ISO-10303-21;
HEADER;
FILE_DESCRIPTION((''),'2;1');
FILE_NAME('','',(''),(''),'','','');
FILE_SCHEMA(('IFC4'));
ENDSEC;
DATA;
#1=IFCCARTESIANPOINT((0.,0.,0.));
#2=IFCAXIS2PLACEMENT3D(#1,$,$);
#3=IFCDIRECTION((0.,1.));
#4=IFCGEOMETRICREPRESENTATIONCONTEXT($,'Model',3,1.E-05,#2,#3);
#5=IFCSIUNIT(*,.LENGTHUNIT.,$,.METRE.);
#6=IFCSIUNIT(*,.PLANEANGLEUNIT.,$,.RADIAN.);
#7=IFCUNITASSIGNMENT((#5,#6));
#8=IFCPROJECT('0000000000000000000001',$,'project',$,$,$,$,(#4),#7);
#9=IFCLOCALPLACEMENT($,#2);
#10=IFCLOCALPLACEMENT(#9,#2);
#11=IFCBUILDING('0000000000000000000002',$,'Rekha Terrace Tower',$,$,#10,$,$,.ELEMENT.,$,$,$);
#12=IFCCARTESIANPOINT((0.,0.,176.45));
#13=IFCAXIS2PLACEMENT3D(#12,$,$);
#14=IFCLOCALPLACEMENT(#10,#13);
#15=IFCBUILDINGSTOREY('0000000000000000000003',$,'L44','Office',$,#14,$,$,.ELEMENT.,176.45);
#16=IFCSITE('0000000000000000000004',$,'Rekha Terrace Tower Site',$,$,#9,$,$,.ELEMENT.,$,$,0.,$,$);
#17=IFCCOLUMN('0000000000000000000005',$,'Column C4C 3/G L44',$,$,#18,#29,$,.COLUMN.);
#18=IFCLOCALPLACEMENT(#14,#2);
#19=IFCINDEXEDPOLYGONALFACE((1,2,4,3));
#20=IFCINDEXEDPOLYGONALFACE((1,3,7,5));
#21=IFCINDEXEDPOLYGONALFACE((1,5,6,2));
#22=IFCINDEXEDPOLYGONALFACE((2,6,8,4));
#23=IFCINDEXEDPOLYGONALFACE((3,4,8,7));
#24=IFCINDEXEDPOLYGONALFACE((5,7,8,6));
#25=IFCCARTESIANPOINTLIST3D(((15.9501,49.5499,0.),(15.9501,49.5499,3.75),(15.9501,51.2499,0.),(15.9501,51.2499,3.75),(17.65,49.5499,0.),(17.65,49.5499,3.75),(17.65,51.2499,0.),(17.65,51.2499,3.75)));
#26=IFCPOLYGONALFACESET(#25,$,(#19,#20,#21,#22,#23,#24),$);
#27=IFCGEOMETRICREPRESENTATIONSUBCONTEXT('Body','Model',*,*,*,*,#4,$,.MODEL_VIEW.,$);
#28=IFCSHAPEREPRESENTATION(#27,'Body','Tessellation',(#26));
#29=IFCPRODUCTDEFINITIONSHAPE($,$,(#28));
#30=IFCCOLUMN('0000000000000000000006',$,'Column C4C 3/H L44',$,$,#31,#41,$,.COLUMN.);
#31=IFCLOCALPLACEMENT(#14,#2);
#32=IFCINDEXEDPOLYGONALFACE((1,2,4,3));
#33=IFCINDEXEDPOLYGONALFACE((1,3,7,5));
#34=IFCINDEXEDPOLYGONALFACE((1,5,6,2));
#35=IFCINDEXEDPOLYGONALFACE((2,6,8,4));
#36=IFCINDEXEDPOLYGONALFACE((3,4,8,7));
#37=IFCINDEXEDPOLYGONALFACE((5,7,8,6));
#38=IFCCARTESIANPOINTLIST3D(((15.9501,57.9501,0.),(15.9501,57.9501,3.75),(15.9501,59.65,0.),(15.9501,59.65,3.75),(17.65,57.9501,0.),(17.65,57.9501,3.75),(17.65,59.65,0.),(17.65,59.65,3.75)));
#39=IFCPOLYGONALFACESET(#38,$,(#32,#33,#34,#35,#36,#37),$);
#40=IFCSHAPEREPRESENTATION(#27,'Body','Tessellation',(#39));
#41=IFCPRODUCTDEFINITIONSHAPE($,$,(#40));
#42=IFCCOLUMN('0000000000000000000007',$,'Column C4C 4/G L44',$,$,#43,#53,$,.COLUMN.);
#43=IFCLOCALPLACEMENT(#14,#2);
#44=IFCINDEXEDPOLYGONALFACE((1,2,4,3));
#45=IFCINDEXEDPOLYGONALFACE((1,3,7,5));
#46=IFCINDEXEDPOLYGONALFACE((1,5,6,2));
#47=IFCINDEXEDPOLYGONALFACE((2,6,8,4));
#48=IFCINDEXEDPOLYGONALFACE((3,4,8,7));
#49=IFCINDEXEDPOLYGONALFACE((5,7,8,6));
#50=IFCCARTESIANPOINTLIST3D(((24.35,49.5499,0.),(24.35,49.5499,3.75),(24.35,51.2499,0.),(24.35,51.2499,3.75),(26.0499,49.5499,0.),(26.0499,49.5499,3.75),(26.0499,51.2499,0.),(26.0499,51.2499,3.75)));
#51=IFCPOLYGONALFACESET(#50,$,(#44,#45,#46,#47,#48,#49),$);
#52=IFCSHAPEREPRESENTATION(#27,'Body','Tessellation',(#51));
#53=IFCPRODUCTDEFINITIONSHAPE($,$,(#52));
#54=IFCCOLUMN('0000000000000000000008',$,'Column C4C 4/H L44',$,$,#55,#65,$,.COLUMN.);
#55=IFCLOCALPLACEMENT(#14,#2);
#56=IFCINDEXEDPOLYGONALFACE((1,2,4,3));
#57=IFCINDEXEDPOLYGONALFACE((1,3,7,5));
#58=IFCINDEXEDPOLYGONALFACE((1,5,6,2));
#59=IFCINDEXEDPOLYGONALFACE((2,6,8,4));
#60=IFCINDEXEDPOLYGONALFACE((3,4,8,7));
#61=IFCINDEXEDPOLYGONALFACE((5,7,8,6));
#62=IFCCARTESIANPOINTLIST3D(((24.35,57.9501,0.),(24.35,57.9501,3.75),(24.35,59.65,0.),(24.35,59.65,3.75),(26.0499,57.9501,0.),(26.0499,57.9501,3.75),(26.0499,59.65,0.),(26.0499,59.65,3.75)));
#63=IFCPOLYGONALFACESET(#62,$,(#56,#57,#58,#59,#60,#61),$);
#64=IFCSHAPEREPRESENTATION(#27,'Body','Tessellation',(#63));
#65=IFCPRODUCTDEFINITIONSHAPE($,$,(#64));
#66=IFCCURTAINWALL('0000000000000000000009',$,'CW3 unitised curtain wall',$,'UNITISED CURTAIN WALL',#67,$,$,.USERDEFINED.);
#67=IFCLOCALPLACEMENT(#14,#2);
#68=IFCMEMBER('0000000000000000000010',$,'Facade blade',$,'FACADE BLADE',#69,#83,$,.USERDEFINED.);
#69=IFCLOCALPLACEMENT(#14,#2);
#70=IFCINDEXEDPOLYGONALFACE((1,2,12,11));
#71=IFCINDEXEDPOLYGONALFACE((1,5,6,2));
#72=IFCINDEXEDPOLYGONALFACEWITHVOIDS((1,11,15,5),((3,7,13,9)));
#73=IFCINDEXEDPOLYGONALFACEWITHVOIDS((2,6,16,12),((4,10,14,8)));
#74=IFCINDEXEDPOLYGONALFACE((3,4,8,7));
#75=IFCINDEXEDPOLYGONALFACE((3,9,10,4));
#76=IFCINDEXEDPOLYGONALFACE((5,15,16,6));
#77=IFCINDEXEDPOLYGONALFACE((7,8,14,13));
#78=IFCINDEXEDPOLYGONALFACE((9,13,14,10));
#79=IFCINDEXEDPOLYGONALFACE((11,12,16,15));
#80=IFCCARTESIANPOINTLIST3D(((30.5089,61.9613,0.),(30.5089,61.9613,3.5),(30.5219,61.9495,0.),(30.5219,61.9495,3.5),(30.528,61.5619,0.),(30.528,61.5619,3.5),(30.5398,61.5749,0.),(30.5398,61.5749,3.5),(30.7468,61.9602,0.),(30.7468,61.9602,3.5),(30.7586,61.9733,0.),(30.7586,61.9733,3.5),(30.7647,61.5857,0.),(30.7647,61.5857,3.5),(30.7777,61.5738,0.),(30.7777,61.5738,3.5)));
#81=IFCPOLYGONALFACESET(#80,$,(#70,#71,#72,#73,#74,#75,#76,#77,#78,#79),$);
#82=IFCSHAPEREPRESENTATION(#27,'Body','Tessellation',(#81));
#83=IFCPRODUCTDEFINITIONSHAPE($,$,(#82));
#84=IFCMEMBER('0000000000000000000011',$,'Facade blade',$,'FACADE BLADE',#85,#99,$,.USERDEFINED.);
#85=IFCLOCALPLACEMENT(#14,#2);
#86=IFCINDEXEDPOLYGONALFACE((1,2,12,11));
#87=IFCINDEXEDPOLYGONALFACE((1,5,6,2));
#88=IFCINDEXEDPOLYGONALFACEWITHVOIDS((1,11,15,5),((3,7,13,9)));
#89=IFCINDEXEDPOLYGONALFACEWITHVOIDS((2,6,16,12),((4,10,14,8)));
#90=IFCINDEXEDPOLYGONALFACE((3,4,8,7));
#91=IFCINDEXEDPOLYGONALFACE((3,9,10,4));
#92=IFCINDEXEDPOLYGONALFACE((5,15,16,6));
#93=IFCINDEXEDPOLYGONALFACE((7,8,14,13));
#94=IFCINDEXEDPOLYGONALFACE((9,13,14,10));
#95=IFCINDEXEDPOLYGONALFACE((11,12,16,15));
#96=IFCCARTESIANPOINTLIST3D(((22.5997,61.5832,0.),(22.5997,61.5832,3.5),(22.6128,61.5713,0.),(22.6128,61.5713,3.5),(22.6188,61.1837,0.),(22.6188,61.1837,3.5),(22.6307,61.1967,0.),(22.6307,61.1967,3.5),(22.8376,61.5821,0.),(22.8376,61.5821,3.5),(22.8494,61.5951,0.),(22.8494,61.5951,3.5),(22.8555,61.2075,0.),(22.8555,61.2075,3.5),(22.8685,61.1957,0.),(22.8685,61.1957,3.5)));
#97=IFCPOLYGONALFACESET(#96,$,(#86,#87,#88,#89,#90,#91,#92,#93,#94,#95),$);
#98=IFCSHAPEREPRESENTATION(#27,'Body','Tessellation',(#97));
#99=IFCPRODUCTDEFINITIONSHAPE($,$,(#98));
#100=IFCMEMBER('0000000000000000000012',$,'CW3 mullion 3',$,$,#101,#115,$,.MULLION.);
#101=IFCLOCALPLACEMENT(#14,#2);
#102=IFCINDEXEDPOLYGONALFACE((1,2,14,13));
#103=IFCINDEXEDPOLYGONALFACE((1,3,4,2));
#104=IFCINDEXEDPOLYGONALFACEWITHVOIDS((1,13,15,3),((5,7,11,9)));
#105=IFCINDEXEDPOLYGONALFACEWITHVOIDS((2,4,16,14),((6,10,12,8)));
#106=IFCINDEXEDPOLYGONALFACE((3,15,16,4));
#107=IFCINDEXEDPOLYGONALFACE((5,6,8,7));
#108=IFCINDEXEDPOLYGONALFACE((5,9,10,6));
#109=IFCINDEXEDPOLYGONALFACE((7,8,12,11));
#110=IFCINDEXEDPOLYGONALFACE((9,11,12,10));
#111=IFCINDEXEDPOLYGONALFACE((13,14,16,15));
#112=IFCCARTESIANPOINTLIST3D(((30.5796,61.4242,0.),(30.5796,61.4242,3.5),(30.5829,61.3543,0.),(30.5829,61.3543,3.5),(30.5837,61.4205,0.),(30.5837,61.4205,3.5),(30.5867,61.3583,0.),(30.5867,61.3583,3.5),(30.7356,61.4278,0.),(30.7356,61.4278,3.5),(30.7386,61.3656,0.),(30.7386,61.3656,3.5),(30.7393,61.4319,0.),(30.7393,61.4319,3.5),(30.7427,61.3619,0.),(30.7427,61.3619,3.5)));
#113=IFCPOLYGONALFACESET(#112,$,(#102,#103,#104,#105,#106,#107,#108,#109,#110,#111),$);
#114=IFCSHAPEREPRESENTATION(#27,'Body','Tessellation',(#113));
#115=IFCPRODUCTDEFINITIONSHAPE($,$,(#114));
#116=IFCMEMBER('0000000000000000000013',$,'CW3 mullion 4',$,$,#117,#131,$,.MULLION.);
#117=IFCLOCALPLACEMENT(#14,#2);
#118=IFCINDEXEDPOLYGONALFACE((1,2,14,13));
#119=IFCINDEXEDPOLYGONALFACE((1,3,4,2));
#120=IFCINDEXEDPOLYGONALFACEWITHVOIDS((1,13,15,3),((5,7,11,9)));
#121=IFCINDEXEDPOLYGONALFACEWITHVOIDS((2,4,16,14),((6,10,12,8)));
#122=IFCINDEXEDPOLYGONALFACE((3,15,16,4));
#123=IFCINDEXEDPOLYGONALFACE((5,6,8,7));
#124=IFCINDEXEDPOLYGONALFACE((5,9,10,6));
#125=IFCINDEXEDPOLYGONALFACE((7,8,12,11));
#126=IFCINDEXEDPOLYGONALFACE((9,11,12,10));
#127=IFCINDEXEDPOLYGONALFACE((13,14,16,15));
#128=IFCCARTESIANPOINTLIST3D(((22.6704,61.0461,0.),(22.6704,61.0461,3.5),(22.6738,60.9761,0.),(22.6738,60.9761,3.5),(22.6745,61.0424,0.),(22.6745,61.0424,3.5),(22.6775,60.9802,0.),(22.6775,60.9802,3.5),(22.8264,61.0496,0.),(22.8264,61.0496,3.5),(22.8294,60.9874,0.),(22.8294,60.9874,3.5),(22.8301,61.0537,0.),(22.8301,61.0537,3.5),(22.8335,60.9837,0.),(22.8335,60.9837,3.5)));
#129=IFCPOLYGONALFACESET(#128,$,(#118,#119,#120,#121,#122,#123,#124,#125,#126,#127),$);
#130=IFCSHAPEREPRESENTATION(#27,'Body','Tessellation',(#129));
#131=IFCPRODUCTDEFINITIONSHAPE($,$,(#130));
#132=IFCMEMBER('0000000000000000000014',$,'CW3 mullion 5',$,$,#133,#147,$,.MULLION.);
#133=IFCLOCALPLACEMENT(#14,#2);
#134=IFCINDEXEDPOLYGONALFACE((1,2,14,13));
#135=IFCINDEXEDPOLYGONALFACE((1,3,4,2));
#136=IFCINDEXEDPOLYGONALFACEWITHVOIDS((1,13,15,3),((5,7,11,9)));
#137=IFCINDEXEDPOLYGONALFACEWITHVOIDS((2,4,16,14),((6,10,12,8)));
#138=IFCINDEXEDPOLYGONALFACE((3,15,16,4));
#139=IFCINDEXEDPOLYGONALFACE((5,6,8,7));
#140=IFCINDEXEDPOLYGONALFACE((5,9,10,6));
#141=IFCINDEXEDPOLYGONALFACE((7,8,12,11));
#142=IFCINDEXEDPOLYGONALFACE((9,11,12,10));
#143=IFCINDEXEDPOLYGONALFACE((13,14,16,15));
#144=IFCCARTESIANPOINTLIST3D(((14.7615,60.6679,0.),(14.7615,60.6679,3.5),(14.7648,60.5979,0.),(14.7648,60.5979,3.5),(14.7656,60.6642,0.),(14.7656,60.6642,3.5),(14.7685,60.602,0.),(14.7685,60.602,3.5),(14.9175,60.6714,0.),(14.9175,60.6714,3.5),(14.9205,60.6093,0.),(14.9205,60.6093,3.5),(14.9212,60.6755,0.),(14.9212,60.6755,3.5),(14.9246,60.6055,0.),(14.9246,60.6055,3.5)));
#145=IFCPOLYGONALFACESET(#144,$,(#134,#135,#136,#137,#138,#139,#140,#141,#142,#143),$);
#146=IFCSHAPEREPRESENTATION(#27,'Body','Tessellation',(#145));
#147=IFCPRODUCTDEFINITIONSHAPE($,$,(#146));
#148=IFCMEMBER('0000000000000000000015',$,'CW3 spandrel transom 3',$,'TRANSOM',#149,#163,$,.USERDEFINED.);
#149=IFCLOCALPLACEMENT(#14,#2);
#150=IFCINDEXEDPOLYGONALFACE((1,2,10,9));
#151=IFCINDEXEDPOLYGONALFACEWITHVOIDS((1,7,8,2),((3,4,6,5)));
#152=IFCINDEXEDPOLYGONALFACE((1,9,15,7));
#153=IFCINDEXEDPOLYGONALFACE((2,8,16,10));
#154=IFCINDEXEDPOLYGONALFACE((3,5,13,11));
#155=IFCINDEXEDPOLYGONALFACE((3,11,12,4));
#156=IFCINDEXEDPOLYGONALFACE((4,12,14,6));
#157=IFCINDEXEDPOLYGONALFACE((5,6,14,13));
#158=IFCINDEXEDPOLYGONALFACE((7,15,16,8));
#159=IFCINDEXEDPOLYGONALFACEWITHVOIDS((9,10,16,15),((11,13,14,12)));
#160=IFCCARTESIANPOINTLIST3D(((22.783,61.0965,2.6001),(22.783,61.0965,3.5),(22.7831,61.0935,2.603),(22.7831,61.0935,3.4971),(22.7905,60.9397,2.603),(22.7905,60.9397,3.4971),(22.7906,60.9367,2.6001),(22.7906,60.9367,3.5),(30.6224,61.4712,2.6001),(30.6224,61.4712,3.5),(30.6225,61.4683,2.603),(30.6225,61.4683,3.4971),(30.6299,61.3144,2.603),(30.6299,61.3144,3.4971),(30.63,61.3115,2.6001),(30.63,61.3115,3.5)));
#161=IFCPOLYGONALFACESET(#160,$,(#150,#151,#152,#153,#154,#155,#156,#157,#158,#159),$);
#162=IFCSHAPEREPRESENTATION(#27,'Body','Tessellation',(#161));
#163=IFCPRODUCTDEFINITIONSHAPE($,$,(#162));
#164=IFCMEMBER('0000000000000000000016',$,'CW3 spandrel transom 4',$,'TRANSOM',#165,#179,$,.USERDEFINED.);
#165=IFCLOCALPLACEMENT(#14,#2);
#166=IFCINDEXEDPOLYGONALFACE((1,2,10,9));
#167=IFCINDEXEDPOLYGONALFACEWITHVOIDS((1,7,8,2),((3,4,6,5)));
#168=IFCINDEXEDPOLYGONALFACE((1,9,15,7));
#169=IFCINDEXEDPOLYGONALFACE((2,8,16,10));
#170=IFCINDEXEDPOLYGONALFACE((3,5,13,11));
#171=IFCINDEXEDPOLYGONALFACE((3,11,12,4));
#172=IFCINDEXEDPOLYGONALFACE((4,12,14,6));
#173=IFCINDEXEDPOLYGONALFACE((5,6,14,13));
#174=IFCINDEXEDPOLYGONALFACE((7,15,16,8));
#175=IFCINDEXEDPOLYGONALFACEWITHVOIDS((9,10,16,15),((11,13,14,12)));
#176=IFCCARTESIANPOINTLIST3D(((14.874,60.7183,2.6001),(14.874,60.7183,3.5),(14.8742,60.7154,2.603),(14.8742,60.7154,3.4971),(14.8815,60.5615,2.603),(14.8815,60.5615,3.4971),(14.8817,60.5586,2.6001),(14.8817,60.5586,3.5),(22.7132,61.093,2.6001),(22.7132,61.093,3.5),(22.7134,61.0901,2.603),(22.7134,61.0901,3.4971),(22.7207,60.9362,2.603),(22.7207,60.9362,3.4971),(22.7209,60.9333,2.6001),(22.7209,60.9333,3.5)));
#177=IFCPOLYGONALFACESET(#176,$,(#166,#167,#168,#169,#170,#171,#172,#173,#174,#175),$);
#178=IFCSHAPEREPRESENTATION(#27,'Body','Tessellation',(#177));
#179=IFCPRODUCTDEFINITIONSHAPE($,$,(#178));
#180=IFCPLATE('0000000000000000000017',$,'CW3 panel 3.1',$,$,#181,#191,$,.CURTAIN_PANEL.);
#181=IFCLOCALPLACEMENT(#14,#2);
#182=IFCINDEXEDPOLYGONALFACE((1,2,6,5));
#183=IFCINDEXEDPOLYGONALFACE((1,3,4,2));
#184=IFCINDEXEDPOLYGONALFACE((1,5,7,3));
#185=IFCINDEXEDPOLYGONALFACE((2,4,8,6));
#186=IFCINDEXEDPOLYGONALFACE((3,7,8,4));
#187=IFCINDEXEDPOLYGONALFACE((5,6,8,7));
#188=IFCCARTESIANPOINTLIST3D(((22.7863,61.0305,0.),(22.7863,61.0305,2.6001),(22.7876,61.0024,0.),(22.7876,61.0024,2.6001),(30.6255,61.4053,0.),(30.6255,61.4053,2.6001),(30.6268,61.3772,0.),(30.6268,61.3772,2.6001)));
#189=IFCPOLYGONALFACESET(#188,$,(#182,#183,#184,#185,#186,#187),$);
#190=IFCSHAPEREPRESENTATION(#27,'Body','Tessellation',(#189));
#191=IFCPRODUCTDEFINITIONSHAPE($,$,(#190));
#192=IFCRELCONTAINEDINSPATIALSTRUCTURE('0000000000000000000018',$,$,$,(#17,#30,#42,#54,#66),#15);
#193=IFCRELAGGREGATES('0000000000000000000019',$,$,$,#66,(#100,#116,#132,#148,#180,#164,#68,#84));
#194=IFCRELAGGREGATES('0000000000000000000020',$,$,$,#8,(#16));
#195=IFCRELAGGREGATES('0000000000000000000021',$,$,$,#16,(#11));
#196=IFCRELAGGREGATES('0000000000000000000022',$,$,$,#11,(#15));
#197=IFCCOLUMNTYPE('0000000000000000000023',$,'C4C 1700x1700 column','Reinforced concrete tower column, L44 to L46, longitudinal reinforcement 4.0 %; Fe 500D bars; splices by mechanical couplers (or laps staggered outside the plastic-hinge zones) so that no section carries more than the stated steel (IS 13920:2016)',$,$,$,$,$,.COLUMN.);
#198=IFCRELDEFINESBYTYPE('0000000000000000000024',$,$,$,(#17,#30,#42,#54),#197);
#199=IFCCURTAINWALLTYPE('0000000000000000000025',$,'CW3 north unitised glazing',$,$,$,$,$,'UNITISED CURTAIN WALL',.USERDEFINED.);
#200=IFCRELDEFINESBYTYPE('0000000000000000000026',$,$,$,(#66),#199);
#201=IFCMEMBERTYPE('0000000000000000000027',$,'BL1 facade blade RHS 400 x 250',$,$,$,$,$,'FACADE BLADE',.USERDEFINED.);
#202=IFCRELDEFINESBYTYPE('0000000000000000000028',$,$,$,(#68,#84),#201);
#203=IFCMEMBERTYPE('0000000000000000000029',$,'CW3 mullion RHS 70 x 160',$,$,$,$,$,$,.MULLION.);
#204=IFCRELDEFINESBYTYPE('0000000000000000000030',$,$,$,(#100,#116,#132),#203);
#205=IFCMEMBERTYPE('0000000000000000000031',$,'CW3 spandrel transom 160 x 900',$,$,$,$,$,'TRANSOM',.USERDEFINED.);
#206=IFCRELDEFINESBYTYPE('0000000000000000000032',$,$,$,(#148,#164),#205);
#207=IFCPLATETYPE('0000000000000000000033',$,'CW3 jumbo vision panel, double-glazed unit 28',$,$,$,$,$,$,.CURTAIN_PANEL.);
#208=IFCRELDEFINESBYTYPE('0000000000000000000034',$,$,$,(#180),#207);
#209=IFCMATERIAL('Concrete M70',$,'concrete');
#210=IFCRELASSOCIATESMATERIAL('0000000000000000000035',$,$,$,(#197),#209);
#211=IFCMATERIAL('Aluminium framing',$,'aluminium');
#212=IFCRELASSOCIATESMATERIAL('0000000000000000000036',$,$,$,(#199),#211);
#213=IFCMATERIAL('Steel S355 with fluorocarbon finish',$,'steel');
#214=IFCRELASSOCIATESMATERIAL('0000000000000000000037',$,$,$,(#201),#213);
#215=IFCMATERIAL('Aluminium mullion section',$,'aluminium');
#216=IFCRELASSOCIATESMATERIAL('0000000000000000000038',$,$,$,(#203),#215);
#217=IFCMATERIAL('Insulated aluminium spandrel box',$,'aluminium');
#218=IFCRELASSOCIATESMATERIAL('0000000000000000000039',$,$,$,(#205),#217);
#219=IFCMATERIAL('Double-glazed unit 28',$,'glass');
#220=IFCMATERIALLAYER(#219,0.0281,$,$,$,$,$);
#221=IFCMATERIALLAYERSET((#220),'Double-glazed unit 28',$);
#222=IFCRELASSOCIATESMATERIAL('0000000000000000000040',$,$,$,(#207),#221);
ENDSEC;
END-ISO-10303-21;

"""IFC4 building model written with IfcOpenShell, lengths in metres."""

from ifc_helpers import new_model, si_unit, direction, frame, origin, origin_2d, place, context, subcontext, project, spatial, rectangle, hollow_rectangle, extrude, material, layer, layer_set, material_profile, profile_set, type_object, element, aggregate, save


model = new_model("IFC4")

# Units and contexts
model_context = context("Model", 3, precision=1e-05, world=origin(), true_north=direction((0.0, 1.0)))
body_context = subcontext(model_context, "Body", "Model", "MODEL_VIEW")
ifc_project = project(units=[si_unit("LENGTHUNIT", "METRE"), si_unit("PLANEANGLEUNIT", "RADIAN")], contexts=[model_context])

# Site, building, storey
site_placement = place(None, origin())
site = spatial("IfcSite", under=ifc_project, at=site_placement, Name="Rekha Terrace Tower Site", CompositionType="ELEMENT", RefElevation=0.0)
building_placement = place(site_placement, origin())
building = spatial("IfcBuilding", under=site, at=building_placement, Name="Rekha Terrace Tower", CompositionType="ELEMENT")
storey_placement = place(building_placement, frame((0.0, 0.0, 176.45)))
storey = spatial("IfcBuildingStorey", under=building, at=storey_placement, Name="L44", Description="Office", CompositionType="ELEMENT", Elevation=176.45)

# Columns
ifc_material_1 = material(Name="Concrete M70", Category="concrete")
ifc_material_profile_1 = material_profile(ifc_material_1, rectangle(XDim=1.7, YDim=1.7, at=origin_2d()), Name="RC 1700x1700")
ifc_profile_set_1 = profile_set([ifc_material_profile_1], Name="Concrete M70")
column_type = type_object("IfcColumnType", Name="C4C 1700x1700 column", Description="Reinforced concrete tower column, L44 to L46, longitudinal reinforcement 4.0 %; Fe 500D bars; splices by mechanical couplers (or laps staggered outside the plastic-hinge zones) so that no section carries more than the stated steel (IS 13920:2016)", PredefinedType="COLUMN", material=ifc_profile_set_1)
for number, where, z_axis, x_axis, name in (
    (1, (16.8, 50.3999, 0.0), (0.0, 0.0, 1.0), (1.0, 0.0, 0.0), "Column C4C 3/G L44"),
    (2, (16.8, 58.8, 0.0), (0.0, 0.0, 1.0), (1.0, 0.0, 0.0), "Column C4C 3/H L44"),
    (3, (25.2, 50.3999, 0.0), (0.0, 0.0, 1.0), (1.0, 0.0, 0.0), "Column C4C 4/G L44"),
    (4, (25.2, 58.8, 0.0), (0.0, 0.0, 1.0), (1.0, 0.0, 0.0), "Column C4C 4/H L44"),
):
    element("IfcColumn", number, at=place(storey_placement, frame(where, z_axis=z_axis, x_axis=x_axis)), inside=storey, type_object=column_type, Name=name, PredefinedType="COLUMN", context=body_context, shape_type="SweptSolid", body=[
        extrude(rectangle(XDim=1.7, YDim=1.7, at=origin_2d()), origin(), (0.0, 0.0, 1.0), 3.75),
    ])

# Curtain wall, members, plate
ifc_material_2 = material(Name="Aluminium framing", Category="aluminium")
curtain_wall_type = type_object("IfcCurtainWallType", Name="CW3 north unitised glazing", ElementType="UNITISED CURTAIN WALL", PredefinedType="USERDEFINED", material=ifc_material_2)
curtain_wall_placement = place(storey_placement, origin())
curtain_wall = element("IfcCurtainWall", 5, at=curtain_wall_placement, inside=storey, type_object=curtain_wall_type, Name="CW3 unitised curtain wall", ObjectType="UNITISED CURTAIN WALL", PredefinedType="USERDEFINED")
ifc_material_3 = material(Name="Steel S355 with fluorocarbon finish", Category="steel")
ifc_material_profile_2 = material_profile(ifc_material_3, hollow_rectangle(XDim=0.25, YDim=0.3999, WallThickness=0.0125, at=origin_2d()), Name="RHS400x250x12.5")
ifc_profile_set_2 = profile_set([ifc_material_profile_2], Name="Steel S355 with fluorocarbon finish")
member_type_1 = type_object("IfcMemberType", Name="BL1 facade blade RHS 400 x 250", ElementType="FACADE BLADE", PredefinedType="USERDEFINED", material=ifc_profile_set_2)
member_1_placement = place(storey_placement, frame((30.6433, 61.7676, 0.0), z_axis=(0.0, 0.0, 1.0), x_axis=(-0.998859, -0.047758, 0.0)))
member_1 = element("IfcMember", 6, at=member_1_placement, type_object=member_type_1, Name="Facade blade", ObjectType="FACADE BLADE", PredefinedType="USERDEFINED", context=body_context, shape_type="SweptSolid", body=[
    extrude(hollow_rectangle(XDim=0.25, YDim=0.3999, WallThickness=0.0125, at=origin_2d()), origin(), (0.0, 0.0, 1.0), 3.5),
])
member_2_placement = place(storey_placement, frame((22.7341, 61.3894, 0.0), z_axis=(0.0, 0.0, 1.0), x_axis=(-0.998859, -0.047758, 0.0)))
member_2 = element("IfcMember", 7, at=member_2_placement, type_object=member_type_1, Name="Facade blade", ObjectType="FACADE BLADE", PredefinedType="USERDEFINED", context=body_context, shape_type="SweptSolid", body=[
    extrude(hollow_rectangle(XDim=0.25, YDim=0.3999, WallThickness=0.0125, at=origin_2d()), origin(), (0.0, 0.0, 1.0), 3.5),
])
ifc_material_4 = material(Name="Aluminium mullion section", Category="aluminium")
ifc_material_profile_3 = material_profile(ifc_material_4, hollow_rectangle(XDim=0.0701, YDim=0.1599, WallThickness=0.0039, at=origin_2d()), Name="AL RHS 70x160")
ifc_profile_set_3 = profile_set([ifc_material_profile_3], Name="Aluminium mullion section")
member_type_2 = type_object("IfcMemberType", Name="CW3 mullion RHS 70 x 160", PredefinedType="MULLION", material=ifc_profile_set_3)
member_3_placement = place(storey_placement, frame((30.6611, 61.3931, 0.0), z_axis=(0.0, 0.0, 1.0), x_axis=(0.047759, -0.998859, 0.0)))
member_3 = element("IfcMember", 8, at=member_3_placement, type_object=member_type_2, Name="CW3 mullion 3", PredefinedType="MULLION", context=body_context, shape_type="SweptSolid", body=[
    extrude(hollow_rectangle(XDim=0.0701, YDim=0.1599, WallThickness=0.0039, at=origin_2d()), origin(), (0.0, 0.0, 1.0), 3.5),
])
member_4_placement = place(storey_placement, frame((22.752, 61.0149, 0.0), z_axis=(0.0, 0.0, 1.0), x_axis=(0.047759, -0.998859, 0.0)))
member_4 = element("IfcMember", 9, at=member_4_placement, type_object=member_type_2, Name="CW3 mullion 4", PredefinedType="MULLION", context=body_context, shape_type="SweptSolid", body=[
    extrude(hollow_rectangle(XDim=0.0701, YDim=0.1599, WallThickness=0.0039, at=origin_2d()), origin(), (0.0, 0.0, 1.0), 3.5),
])
member_5_placement = place(storey_placement, frame((14.843, 60.6367, 0.0), z_axis=(0.0, 0.0, 1.0), x_axis=(0.047759, -0.998859, 0.0)))
member_5 = element("IfcMember", 10, at=member_5_placement, type_object=member_type_2, Name="CW3 mullion 5", PredefinedType="MULLION", context=body_context, shape_type="SweptSolid", body=[
    extrude(hollow_rectangle(XDim=0.0701, YDim=0.1599, WallThickness=0.0039, at=origin_2d()), origin(), (0.0, 0.0, 1.0), 3.5),
])
ifc_material_5 = material(Name="Insulated aluminium spandrel box", Category="aluminium")
ifc_material_profile_4 = material_profile(ifc_material_5, hollow_rectangle(XDim=0.1599, YDim=0.8999, WallThickness=0.0029, at=origin_2d()), Name="AL SPANDREL BOX 160x900")
ifc_profile_set_4 = profile_set([ifc_material_profile_4], Name="Insulated aluminium spandrel box")
member_type_3 = type_object("IfcMemberType", Name="CW3 spandrel transom 160 x 900", ElementType="TRANSOM", PredefinedType="USERDEFINED", material=ifc_profile_set_4)
member_6_placement = place(storey_placement, frame((30.6262, 61.3914, 3.05), z_axis=(-0.998859, -0.04775, 0.0), x_axis=(0.04775, -0.998859, 0.0)))
member_6 = element("IfcMember", 11, at=member_6_placement, type_object=member_type_3, Name="CW3 spandrel transom 3", ObjectType="TRANSOM", PredefinedType="USERDEFINED", context=body_context, shape_type="SweptSolid", body=[
    extrude(hollow_rectangle(XDim=0.1599, YDim=0.8999, WallThickness=0.0029, at=origin_2d()), origin(), (0.0, 0.0, 1.0), 7.8484),
])
member_7_placement = place(storey_placement, frame((22.717, 61.0132, 3.05), z_axis=(-0.998859, -0.047751, 0.0), x_axis=(0.047751, -0.998859, 0.0)))
member_7 = element("IfcMember", 12, at=member_7_placement, type_object=member_type_3, Name="CW3 spandrel transom 4", ObjectType="TRANSOM", PredefinedType="USERDEFINED", context=body_context, shape_type="SweptSolid", body=[
    extrude(hollow_rectangle(XDim=0.1599, YDim=0.8999, WallThickness=0.0029, at=origin_2d()), origin(), (0.0, 0.0, 1.0), 7.8481),
])
ifc_material_6 = material(Name="Double-glazed unit 28", Category="glass")
ifc_layer_1 = layer(ifc_material_6, 0.0281)
ifc_layer_set_1 = layer_set([ifc_layer_1], Name="Double-glazed unit 28")
plate_type = type_object("IfcPlateType", Name="CW3 jumbo vision panel, double-glazed unit 28", PredefinedType="CURTAIN_PANEL", material=ifc_layer_set_1)
plate_1_placement = place(storey_placement, frame((26.7065, 61.2039, 0.0), z_axis=(0.0, 0.0, 1.0), x_axis=(-0.998859, -0.047759, 0.0)))
plate_1 = element("IfcPlate", 13, at=plate_1_placement, type_object=plate_type, Name="CW3 panel 3.1", PredefinedType="CURTAIN_PANEL", context=body_context, shape_type="SweptSolid", body=[
    extrude(rectangle(XDim=7.8481, YDim=0.0281, at=origin_2d()), origin(), (0.0, 0.0, 1.0), 2.6001),
])
aggregate(curtain_wall, [member_3, member_4, member_5, member_6, plate_1, member_7, member_1, member_2])

save(model, "model.ifc")
